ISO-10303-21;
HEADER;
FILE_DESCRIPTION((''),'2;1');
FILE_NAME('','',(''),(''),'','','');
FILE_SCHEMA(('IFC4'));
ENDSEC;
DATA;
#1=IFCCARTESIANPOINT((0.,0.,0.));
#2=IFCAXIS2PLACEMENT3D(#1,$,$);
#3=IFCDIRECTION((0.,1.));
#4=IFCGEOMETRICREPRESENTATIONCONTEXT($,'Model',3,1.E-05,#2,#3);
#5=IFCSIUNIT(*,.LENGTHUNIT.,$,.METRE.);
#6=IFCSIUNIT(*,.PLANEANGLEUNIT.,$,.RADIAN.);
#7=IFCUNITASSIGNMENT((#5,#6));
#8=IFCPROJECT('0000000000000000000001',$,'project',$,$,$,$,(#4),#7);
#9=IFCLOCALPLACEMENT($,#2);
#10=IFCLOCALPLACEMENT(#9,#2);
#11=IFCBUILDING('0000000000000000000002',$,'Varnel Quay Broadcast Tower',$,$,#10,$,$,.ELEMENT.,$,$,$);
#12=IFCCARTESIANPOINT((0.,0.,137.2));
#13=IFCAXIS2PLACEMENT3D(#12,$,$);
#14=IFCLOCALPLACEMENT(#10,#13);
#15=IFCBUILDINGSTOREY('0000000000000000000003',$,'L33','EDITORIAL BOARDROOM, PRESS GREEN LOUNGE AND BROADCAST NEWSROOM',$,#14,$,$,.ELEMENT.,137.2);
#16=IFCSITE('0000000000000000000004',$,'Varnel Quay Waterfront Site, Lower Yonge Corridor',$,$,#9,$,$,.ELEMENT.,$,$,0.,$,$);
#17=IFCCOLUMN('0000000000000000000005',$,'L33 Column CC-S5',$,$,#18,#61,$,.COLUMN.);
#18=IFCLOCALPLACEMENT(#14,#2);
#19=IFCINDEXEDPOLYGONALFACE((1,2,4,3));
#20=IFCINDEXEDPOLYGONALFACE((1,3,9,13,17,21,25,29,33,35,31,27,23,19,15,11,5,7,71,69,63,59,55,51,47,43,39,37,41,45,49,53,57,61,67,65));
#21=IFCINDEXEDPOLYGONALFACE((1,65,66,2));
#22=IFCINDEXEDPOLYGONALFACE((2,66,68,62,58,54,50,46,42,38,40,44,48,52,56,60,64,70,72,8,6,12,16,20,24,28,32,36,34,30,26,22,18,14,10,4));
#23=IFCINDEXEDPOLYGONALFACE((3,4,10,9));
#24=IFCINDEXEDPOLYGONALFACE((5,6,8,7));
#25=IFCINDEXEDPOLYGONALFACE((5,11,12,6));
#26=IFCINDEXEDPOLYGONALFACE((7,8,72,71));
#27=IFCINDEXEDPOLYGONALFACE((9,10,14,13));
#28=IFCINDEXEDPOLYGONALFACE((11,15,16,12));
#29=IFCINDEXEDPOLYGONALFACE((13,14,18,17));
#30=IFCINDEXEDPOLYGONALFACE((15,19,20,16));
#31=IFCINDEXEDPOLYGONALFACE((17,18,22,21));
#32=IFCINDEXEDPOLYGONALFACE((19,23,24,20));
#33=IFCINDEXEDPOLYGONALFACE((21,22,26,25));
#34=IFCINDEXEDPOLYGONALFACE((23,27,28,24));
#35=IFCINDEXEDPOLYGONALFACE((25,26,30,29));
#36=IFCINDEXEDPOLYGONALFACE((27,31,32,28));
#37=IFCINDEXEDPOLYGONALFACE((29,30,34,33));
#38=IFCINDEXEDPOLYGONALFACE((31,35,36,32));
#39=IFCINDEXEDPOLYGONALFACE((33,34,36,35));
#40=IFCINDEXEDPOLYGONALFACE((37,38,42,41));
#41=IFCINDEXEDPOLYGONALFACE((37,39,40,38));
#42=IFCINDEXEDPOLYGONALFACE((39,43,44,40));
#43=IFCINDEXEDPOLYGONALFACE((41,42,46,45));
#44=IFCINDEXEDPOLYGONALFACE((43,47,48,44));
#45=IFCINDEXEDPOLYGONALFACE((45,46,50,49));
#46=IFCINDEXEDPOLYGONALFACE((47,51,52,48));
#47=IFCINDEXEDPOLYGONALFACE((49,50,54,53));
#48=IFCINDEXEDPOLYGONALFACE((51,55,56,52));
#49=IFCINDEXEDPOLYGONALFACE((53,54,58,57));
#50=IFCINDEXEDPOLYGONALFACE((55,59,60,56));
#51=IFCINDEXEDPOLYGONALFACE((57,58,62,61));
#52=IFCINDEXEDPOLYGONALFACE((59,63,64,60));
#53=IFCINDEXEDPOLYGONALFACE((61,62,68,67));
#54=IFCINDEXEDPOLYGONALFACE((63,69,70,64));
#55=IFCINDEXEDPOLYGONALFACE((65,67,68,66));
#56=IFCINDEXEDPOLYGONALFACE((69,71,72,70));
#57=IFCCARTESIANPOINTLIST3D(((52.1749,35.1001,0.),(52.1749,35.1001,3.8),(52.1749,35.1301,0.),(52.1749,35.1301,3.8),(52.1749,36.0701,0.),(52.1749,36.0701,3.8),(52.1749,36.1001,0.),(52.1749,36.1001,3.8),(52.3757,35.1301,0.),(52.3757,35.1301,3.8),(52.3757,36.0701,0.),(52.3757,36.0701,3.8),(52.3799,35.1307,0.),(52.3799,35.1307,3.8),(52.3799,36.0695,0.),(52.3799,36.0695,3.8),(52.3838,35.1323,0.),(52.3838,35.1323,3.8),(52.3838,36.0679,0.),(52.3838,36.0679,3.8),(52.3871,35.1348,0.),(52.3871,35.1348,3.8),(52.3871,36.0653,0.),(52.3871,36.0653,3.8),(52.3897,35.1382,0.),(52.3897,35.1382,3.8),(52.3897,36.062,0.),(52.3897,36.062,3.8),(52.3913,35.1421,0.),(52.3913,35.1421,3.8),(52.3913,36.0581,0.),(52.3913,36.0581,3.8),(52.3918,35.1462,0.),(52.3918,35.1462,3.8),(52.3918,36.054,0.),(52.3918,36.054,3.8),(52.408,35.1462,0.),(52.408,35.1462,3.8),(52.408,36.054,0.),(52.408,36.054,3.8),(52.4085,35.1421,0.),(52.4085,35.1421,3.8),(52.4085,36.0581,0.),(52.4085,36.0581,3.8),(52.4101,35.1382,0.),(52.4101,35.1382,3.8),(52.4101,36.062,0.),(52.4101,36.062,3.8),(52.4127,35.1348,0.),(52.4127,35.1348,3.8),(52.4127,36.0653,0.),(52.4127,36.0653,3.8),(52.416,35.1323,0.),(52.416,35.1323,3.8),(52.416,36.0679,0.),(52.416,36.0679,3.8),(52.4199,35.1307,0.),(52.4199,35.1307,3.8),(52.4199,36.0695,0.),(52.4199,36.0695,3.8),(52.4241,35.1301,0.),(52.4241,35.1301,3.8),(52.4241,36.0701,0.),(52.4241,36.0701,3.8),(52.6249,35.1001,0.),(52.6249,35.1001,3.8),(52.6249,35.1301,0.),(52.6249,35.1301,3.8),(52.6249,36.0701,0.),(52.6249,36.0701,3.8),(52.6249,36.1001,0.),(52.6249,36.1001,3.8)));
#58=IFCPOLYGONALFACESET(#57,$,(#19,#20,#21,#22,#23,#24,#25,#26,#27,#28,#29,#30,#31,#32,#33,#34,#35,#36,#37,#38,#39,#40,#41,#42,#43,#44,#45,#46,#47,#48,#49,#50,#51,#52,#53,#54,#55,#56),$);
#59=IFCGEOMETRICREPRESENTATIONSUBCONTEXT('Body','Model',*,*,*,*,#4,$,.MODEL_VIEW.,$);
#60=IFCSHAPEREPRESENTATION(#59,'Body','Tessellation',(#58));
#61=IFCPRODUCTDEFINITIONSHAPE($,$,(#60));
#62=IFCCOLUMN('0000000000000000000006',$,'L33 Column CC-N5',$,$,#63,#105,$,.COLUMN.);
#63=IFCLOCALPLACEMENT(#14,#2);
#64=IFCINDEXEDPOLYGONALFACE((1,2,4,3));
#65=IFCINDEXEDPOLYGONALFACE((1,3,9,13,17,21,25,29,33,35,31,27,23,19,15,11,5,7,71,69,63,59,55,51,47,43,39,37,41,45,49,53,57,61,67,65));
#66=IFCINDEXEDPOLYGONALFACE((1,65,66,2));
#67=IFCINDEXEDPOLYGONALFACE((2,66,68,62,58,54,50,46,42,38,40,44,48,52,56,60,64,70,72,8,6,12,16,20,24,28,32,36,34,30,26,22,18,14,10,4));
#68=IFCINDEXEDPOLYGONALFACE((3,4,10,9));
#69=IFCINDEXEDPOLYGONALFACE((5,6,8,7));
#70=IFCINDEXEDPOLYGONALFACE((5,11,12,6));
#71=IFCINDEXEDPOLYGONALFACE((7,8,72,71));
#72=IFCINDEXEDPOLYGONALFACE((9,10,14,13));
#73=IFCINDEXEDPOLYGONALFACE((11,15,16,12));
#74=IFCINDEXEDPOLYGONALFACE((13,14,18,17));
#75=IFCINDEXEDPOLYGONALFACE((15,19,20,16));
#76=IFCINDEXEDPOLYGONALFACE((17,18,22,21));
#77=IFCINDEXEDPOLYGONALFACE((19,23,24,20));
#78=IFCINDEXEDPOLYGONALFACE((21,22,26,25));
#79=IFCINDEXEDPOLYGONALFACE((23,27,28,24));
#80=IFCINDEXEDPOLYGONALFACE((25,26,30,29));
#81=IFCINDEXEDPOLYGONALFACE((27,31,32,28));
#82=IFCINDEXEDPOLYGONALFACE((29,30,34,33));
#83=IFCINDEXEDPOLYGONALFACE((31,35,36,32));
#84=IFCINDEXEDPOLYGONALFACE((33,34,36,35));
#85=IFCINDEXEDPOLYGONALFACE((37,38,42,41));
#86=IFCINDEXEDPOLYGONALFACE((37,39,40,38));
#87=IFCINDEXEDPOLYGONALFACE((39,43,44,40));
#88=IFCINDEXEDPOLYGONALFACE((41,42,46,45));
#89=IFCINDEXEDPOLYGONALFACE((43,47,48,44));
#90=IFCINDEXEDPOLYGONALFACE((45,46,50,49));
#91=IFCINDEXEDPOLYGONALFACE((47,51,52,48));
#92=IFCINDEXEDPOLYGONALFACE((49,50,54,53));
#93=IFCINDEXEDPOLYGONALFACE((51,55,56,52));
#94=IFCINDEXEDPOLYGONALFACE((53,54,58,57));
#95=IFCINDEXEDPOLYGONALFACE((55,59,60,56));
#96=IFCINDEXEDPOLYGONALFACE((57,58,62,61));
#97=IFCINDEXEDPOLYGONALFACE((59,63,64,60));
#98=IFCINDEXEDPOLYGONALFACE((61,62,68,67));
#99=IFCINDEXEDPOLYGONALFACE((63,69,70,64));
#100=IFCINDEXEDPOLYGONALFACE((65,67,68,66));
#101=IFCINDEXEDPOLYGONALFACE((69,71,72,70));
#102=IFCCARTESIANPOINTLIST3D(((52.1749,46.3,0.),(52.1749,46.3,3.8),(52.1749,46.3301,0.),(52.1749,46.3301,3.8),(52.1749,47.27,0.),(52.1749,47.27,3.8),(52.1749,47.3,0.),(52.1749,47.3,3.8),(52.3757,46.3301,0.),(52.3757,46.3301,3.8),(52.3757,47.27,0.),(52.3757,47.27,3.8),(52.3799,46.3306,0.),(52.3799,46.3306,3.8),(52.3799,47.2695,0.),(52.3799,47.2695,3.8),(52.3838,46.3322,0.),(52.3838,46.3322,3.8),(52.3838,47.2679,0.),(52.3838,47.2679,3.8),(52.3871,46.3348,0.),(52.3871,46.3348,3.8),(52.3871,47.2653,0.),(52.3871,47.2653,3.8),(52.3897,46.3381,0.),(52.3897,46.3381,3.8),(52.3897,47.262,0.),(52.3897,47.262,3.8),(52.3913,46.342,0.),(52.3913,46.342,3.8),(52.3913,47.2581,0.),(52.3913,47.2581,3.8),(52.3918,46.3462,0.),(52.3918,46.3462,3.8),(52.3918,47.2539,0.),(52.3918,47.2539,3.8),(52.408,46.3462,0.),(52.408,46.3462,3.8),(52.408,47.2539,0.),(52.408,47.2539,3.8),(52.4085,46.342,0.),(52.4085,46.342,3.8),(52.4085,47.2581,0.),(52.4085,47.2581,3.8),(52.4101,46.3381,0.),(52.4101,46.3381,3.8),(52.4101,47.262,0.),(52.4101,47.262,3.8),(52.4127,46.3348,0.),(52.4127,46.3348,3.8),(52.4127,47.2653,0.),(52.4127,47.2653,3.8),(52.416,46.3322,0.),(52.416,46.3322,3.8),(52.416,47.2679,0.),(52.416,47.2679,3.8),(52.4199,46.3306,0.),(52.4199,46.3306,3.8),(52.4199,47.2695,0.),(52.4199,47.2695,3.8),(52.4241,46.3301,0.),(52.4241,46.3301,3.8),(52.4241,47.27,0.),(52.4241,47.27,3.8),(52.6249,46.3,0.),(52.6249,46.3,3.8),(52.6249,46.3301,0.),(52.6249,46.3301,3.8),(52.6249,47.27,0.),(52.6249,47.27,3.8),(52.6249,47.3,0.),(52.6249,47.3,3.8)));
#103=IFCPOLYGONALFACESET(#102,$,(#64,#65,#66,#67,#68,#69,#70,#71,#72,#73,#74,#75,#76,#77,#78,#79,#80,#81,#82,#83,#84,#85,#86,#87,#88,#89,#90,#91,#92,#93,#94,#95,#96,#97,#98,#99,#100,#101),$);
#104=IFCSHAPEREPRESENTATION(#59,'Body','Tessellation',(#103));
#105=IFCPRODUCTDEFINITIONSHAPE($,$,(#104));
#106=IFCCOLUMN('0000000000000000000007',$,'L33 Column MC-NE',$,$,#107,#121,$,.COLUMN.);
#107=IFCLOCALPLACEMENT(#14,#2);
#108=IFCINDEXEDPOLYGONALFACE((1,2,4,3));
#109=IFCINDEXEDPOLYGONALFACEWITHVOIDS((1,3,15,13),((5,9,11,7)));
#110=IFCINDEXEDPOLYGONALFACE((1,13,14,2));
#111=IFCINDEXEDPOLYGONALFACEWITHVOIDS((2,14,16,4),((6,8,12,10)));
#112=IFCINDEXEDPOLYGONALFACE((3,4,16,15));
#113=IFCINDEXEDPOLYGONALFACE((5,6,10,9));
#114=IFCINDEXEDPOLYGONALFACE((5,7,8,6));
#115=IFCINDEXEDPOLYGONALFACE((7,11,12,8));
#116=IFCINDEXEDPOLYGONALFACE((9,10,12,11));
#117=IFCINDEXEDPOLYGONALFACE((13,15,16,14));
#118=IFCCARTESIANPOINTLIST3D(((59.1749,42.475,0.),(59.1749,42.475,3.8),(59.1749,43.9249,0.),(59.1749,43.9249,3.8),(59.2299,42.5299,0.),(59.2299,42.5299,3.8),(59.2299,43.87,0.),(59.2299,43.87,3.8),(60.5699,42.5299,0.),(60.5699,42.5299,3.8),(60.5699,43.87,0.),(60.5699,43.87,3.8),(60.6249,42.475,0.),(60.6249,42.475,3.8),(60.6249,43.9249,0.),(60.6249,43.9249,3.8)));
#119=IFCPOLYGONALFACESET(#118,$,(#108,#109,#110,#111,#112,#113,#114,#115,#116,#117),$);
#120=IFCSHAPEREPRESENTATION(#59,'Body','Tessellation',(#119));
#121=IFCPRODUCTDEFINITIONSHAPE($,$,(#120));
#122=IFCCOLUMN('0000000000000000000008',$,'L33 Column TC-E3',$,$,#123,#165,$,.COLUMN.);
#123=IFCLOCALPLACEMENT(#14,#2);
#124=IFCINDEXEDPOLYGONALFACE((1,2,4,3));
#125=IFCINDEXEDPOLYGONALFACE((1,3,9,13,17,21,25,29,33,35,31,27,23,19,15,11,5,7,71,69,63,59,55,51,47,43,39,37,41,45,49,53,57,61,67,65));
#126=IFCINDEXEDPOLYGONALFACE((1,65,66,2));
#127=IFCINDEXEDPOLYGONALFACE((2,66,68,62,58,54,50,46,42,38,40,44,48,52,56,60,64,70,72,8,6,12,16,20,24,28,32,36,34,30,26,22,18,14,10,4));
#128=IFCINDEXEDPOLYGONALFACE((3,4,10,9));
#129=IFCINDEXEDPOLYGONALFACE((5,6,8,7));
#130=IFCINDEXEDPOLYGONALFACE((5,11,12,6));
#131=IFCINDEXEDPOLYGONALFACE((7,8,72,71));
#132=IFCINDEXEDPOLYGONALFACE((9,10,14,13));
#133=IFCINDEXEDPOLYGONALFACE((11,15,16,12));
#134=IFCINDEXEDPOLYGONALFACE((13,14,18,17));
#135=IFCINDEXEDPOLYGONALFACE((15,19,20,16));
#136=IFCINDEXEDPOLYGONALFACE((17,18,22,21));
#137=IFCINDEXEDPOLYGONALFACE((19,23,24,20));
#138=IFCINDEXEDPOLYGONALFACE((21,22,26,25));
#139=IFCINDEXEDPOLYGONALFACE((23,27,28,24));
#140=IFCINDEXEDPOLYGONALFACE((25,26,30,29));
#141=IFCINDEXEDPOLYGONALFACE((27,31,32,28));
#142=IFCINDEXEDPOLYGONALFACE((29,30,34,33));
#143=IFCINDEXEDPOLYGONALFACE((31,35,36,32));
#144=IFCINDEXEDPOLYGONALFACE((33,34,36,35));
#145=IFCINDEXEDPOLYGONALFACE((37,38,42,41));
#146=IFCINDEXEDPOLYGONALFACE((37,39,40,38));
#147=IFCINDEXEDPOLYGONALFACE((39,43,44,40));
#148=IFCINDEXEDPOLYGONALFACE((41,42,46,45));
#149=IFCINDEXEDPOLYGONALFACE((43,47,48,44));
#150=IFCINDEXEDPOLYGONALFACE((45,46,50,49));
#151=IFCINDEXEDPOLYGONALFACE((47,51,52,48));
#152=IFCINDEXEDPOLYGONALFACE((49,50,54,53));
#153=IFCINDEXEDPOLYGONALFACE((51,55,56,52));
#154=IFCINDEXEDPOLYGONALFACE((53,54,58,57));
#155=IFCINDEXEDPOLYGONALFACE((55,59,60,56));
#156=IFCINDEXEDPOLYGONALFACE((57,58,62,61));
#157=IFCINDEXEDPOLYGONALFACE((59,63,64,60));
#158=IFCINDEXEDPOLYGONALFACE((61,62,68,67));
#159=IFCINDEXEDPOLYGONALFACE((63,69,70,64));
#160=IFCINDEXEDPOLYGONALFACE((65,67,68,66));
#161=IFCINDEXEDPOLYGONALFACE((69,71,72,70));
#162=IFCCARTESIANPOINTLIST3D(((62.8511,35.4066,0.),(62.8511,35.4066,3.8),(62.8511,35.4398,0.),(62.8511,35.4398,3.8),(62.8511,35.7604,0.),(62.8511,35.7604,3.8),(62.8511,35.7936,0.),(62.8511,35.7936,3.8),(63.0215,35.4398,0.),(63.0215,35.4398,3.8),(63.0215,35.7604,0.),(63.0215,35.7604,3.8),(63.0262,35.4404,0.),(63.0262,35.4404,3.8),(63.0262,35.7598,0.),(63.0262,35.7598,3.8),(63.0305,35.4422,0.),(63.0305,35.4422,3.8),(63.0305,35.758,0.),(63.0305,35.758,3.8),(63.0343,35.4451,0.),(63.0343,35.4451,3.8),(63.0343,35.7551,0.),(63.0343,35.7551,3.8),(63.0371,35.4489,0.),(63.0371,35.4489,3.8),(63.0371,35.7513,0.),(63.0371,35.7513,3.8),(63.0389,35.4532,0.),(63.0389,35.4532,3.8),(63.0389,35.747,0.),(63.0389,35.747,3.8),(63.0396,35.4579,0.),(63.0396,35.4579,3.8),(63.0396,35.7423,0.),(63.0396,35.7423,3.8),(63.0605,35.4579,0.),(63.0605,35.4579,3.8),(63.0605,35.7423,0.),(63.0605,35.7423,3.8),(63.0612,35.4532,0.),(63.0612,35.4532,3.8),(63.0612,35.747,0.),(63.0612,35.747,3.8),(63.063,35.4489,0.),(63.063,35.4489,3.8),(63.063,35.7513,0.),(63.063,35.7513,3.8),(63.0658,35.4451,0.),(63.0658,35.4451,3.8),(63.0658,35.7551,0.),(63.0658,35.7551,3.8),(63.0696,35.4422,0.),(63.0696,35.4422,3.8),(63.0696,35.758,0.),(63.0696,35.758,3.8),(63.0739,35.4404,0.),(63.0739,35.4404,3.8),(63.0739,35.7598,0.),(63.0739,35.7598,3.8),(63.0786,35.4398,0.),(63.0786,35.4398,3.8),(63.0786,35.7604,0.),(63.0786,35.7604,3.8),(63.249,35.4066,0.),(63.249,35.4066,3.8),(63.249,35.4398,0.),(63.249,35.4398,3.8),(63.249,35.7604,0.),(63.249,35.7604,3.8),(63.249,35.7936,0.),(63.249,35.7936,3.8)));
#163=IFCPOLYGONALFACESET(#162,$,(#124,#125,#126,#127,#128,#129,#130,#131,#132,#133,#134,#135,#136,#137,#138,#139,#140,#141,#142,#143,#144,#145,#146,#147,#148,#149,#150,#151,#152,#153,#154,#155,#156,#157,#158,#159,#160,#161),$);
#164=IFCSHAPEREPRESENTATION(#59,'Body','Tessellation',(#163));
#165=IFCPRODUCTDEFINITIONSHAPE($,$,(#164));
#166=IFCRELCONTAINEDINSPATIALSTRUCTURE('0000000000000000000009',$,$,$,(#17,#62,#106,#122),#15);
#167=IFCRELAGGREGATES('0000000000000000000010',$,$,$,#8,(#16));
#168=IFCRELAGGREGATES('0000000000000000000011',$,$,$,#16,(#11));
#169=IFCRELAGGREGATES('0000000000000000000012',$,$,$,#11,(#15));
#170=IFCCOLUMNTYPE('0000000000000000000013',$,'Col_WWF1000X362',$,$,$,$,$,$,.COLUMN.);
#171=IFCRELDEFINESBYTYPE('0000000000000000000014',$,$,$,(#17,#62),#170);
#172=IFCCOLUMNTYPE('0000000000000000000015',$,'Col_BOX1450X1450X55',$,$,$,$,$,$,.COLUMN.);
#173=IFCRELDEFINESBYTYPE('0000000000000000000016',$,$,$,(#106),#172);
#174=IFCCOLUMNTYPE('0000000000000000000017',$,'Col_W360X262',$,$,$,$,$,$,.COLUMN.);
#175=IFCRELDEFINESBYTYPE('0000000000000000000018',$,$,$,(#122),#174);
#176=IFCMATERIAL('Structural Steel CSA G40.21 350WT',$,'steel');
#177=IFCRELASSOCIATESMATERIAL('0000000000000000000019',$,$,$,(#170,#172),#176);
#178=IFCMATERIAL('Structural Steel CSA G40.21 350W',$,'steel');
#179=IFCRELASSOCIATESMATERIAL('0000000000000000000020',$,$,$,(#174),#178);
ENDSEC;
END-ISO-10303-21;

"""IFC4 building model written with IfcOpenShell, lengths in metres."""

from ifc_helpers import new_model, si_unit, direction, frame, origin, origin_2d, place, context, subcontext, project, spatial, hollow_rectangle, i_section, extrude, source, transform, mapped, material, material_profile, profile_set, type_object, type_shapes, element, save


model = new_model("IFC4")

# Units and contexts
model_context = context("Model", 3, precision=1e-05, world=origin(), true_north=direction((0.0, 1.0)))
body_context = subcontext(model_context, "Body", "Model", "MODEL_VIEW")
ifc_project = project(units=[si_unit("LENGTHUNIT", "METRE"), si_unit("PLANEANGLEUNIT", "RADIAN")], contexts=[model_context])

# Site, building, storey
site_placement = place(None, origin())
site = spatial("IfcSite", under=ifc_project, at=site_placement, Name="Varnel Quay Waterfront Site, Lower Yonge Corridor", CompositionType="ELEMENT", RefElevation=0.0)
building_placement = place(site_placement, origin())
building = spatial("IfcBuilding", under=site, at=building_placement, Name="Varnel Quay Broadcast Tower", CompositionType="ELEMENT")
storey_placement = place(building_placement, frame((0.0, 0.0, 137.2)))
storey = spatial("IfcBuildingStorey", under=building, at=storey_placement, Name="L33", Description="EDITORIAL BOARDROOM, PRESS GREEN LOUNGE AND BROADCAST NEWSROOM", CompositionType="ELEMENT", Elevation=137.2)

# Columns
ifc_material_1 = material(Name="Structural Steel CSA G40.21 350WT", Category="steel")
ifc_material_profile_1 = material_profile(ifc_material_1, i_section(OverallWidth=0.45, OverallDepth=1.0, WebThickness=0.0161, FlangeThickness=0.03, FilletRadius=0.0161, at=origin_2d()), Name="WWF1000X362")
ifc_profile_set_1 = profile_set([ifc_material_profile_1], Name="Structural Steel CSA G40.21 350WT")
column_type_1 = type_object("IfcColumnType", Name="Col_WWF1000X362", PredefinedType="COLUMN", material=ifc_profile_set_1)
shared_shape_1 = source(origin(), body_context, "Body", "SweptSolid", [
    extrude(i_section(OverallWidth=0.45, OverallDepth=1.0, WebThickness=0.0161, FlangeThickness=0.03, FilletRadius=0.0161, at=origin_2d()), origin(), (0.0, 0.0, 1.0), 3.8),
])
type_shapes(column_type_1, [shared_shape_1])
for number, where, z_axis, x_axis, name in (
    (1, (52.3999, 35.6001, 0.0), (0.0, 0.0, 1.0), (1.0, 0.0, 0.0), "L33 Column CC-S5"),
    (2, (52.3999, 46.8, 0.0), (0.0, 0.0, 1.0), (1.0, 0.0, 0.0), "L33 Column CC-N5"),
):
    element("IfcColumn", number, at=place(storey_placement, frame(where, z_axis=z_axis, x_axis=x_axis)), inside=storey, type_object=column_type_1, Name=name, PredefinedType="COLUMN", context=body_context, shape_type="MappedRepresentation", body=[
        mapped(shared_shape_1, transform((0.0, 0.0, 0.0), x_axis=(1.0, 0.0, 0.0), y_axis=(0.0, 1.0, 0.0), z_axis=(0.0, 0.0, 1.0), scale=1.0)),
    ])
ifc_material_profile_2 = material_profile(ifc_material_1, hollow_rectangle(XDim=1.45, YDim=1.45, WallThickness=0.0549, at=origin_2d()), Name="BOX1450X1450X55")
ifc_profile_set_2 = profile_set([ifc_material_profile_2], Name="Structural Steel CSA G40.21 350WT")
column_type_2 = type_object("IfcColumnType", Name="Col_BOX1450X1450X55", PredefinedType="COLUMN", material=ifc_profile_set_2)
shared_shape_2 = source(origin(), body_context, "Body", "SweptSolid", [
    extrude(hollow_rectangle(XDim=1.45, YDim=1.45, WallThickness=0.0549, at=origin_2d()), origin(), (0.0, 0.0, 1.0), 3.8),
])
type_shapes(column_type_2, [shared_shape_2])
column_1_placement = place(storey_placement, frame((59.8999, 43.2, 0.0), z_axis=(0.0, 0.0, 1.0), x_axis=(1.0, 0.0, 0.0)))
element("IfcColumn", 3, at=column_1_placement, inside=storey, type_object=column_type_2, Name="L33 Column MC-NE", PredefinedType="COLUMN", context=body_context, shape_type="MappedRepresentation", body=[
    mapped(shared_shape_2, transform((0.0, 0.0, 0.0), x_axis=(1.0, 0.0, 0.0), y_axis=(0.0, 1.0, 0.0), z_axis=(0.0, 0.0, 1.0), scale=1.0)),
])
ifc_material_2 = material(Name="Structural Steel CSA G40.21 350W", Category="steel")
ifc_material_profile_3 = material_profile(ifc_material_2, i_section(OverallWidth=0.3979, OverallDepth=0.387, WebThickness=0.021, FlangeThickness=0.0332, FilletRadius=0.0181, at=origin_2d()), Name="W360X262")
ifc_profile_set_3 = profile_set([ifc_material_profile_3], Name="Structural Steel CSA G40.21 350W")
column_type_3 = type_object("IfcColumnType", Name="Col_W360X262", PredefinedType="COLUMN", material=ifc_profile_set_3)
shared_shape_3 = source(origin(), body_context, "Body", "SweptSolid", [
    extrude(i_section(OverallWidth=0.3979, OverallDepth=0.387, WebThickness=0.021, FlangeThickness=0.0332, FilletRadius=0.0181, at=origin_2d()), origin(), (0.0, 0.0, 1.0), 3.8),
])
type_shapes(column_type_3, [shared_shape_3])
column_2_placement = place(storey_placement, frame((63.05, 35.6001, 0.0), z_axis=(0.0, 0.0, 1.0), x_axis=(1.0, 0.0, 0.0)))
element("IfcColumn", 4, at=column_2_placement, inside=storey, type_object=column_type_3, Name="L33 Column TC-E3", PredefinedType="COLUMN", context=body_context, shape_type="MappedRepresentation", body=[
    mapped(shared_shape_3, transform((0.0, 0.0, 0.0), x_axis=(1.0, 0.0, 0.0), y_axis=(0.0, 1.0, 0.0), z_axis=(0.0, 0.0, 1.0), scale=1.0)),
])

save(model, "model.ifc")
